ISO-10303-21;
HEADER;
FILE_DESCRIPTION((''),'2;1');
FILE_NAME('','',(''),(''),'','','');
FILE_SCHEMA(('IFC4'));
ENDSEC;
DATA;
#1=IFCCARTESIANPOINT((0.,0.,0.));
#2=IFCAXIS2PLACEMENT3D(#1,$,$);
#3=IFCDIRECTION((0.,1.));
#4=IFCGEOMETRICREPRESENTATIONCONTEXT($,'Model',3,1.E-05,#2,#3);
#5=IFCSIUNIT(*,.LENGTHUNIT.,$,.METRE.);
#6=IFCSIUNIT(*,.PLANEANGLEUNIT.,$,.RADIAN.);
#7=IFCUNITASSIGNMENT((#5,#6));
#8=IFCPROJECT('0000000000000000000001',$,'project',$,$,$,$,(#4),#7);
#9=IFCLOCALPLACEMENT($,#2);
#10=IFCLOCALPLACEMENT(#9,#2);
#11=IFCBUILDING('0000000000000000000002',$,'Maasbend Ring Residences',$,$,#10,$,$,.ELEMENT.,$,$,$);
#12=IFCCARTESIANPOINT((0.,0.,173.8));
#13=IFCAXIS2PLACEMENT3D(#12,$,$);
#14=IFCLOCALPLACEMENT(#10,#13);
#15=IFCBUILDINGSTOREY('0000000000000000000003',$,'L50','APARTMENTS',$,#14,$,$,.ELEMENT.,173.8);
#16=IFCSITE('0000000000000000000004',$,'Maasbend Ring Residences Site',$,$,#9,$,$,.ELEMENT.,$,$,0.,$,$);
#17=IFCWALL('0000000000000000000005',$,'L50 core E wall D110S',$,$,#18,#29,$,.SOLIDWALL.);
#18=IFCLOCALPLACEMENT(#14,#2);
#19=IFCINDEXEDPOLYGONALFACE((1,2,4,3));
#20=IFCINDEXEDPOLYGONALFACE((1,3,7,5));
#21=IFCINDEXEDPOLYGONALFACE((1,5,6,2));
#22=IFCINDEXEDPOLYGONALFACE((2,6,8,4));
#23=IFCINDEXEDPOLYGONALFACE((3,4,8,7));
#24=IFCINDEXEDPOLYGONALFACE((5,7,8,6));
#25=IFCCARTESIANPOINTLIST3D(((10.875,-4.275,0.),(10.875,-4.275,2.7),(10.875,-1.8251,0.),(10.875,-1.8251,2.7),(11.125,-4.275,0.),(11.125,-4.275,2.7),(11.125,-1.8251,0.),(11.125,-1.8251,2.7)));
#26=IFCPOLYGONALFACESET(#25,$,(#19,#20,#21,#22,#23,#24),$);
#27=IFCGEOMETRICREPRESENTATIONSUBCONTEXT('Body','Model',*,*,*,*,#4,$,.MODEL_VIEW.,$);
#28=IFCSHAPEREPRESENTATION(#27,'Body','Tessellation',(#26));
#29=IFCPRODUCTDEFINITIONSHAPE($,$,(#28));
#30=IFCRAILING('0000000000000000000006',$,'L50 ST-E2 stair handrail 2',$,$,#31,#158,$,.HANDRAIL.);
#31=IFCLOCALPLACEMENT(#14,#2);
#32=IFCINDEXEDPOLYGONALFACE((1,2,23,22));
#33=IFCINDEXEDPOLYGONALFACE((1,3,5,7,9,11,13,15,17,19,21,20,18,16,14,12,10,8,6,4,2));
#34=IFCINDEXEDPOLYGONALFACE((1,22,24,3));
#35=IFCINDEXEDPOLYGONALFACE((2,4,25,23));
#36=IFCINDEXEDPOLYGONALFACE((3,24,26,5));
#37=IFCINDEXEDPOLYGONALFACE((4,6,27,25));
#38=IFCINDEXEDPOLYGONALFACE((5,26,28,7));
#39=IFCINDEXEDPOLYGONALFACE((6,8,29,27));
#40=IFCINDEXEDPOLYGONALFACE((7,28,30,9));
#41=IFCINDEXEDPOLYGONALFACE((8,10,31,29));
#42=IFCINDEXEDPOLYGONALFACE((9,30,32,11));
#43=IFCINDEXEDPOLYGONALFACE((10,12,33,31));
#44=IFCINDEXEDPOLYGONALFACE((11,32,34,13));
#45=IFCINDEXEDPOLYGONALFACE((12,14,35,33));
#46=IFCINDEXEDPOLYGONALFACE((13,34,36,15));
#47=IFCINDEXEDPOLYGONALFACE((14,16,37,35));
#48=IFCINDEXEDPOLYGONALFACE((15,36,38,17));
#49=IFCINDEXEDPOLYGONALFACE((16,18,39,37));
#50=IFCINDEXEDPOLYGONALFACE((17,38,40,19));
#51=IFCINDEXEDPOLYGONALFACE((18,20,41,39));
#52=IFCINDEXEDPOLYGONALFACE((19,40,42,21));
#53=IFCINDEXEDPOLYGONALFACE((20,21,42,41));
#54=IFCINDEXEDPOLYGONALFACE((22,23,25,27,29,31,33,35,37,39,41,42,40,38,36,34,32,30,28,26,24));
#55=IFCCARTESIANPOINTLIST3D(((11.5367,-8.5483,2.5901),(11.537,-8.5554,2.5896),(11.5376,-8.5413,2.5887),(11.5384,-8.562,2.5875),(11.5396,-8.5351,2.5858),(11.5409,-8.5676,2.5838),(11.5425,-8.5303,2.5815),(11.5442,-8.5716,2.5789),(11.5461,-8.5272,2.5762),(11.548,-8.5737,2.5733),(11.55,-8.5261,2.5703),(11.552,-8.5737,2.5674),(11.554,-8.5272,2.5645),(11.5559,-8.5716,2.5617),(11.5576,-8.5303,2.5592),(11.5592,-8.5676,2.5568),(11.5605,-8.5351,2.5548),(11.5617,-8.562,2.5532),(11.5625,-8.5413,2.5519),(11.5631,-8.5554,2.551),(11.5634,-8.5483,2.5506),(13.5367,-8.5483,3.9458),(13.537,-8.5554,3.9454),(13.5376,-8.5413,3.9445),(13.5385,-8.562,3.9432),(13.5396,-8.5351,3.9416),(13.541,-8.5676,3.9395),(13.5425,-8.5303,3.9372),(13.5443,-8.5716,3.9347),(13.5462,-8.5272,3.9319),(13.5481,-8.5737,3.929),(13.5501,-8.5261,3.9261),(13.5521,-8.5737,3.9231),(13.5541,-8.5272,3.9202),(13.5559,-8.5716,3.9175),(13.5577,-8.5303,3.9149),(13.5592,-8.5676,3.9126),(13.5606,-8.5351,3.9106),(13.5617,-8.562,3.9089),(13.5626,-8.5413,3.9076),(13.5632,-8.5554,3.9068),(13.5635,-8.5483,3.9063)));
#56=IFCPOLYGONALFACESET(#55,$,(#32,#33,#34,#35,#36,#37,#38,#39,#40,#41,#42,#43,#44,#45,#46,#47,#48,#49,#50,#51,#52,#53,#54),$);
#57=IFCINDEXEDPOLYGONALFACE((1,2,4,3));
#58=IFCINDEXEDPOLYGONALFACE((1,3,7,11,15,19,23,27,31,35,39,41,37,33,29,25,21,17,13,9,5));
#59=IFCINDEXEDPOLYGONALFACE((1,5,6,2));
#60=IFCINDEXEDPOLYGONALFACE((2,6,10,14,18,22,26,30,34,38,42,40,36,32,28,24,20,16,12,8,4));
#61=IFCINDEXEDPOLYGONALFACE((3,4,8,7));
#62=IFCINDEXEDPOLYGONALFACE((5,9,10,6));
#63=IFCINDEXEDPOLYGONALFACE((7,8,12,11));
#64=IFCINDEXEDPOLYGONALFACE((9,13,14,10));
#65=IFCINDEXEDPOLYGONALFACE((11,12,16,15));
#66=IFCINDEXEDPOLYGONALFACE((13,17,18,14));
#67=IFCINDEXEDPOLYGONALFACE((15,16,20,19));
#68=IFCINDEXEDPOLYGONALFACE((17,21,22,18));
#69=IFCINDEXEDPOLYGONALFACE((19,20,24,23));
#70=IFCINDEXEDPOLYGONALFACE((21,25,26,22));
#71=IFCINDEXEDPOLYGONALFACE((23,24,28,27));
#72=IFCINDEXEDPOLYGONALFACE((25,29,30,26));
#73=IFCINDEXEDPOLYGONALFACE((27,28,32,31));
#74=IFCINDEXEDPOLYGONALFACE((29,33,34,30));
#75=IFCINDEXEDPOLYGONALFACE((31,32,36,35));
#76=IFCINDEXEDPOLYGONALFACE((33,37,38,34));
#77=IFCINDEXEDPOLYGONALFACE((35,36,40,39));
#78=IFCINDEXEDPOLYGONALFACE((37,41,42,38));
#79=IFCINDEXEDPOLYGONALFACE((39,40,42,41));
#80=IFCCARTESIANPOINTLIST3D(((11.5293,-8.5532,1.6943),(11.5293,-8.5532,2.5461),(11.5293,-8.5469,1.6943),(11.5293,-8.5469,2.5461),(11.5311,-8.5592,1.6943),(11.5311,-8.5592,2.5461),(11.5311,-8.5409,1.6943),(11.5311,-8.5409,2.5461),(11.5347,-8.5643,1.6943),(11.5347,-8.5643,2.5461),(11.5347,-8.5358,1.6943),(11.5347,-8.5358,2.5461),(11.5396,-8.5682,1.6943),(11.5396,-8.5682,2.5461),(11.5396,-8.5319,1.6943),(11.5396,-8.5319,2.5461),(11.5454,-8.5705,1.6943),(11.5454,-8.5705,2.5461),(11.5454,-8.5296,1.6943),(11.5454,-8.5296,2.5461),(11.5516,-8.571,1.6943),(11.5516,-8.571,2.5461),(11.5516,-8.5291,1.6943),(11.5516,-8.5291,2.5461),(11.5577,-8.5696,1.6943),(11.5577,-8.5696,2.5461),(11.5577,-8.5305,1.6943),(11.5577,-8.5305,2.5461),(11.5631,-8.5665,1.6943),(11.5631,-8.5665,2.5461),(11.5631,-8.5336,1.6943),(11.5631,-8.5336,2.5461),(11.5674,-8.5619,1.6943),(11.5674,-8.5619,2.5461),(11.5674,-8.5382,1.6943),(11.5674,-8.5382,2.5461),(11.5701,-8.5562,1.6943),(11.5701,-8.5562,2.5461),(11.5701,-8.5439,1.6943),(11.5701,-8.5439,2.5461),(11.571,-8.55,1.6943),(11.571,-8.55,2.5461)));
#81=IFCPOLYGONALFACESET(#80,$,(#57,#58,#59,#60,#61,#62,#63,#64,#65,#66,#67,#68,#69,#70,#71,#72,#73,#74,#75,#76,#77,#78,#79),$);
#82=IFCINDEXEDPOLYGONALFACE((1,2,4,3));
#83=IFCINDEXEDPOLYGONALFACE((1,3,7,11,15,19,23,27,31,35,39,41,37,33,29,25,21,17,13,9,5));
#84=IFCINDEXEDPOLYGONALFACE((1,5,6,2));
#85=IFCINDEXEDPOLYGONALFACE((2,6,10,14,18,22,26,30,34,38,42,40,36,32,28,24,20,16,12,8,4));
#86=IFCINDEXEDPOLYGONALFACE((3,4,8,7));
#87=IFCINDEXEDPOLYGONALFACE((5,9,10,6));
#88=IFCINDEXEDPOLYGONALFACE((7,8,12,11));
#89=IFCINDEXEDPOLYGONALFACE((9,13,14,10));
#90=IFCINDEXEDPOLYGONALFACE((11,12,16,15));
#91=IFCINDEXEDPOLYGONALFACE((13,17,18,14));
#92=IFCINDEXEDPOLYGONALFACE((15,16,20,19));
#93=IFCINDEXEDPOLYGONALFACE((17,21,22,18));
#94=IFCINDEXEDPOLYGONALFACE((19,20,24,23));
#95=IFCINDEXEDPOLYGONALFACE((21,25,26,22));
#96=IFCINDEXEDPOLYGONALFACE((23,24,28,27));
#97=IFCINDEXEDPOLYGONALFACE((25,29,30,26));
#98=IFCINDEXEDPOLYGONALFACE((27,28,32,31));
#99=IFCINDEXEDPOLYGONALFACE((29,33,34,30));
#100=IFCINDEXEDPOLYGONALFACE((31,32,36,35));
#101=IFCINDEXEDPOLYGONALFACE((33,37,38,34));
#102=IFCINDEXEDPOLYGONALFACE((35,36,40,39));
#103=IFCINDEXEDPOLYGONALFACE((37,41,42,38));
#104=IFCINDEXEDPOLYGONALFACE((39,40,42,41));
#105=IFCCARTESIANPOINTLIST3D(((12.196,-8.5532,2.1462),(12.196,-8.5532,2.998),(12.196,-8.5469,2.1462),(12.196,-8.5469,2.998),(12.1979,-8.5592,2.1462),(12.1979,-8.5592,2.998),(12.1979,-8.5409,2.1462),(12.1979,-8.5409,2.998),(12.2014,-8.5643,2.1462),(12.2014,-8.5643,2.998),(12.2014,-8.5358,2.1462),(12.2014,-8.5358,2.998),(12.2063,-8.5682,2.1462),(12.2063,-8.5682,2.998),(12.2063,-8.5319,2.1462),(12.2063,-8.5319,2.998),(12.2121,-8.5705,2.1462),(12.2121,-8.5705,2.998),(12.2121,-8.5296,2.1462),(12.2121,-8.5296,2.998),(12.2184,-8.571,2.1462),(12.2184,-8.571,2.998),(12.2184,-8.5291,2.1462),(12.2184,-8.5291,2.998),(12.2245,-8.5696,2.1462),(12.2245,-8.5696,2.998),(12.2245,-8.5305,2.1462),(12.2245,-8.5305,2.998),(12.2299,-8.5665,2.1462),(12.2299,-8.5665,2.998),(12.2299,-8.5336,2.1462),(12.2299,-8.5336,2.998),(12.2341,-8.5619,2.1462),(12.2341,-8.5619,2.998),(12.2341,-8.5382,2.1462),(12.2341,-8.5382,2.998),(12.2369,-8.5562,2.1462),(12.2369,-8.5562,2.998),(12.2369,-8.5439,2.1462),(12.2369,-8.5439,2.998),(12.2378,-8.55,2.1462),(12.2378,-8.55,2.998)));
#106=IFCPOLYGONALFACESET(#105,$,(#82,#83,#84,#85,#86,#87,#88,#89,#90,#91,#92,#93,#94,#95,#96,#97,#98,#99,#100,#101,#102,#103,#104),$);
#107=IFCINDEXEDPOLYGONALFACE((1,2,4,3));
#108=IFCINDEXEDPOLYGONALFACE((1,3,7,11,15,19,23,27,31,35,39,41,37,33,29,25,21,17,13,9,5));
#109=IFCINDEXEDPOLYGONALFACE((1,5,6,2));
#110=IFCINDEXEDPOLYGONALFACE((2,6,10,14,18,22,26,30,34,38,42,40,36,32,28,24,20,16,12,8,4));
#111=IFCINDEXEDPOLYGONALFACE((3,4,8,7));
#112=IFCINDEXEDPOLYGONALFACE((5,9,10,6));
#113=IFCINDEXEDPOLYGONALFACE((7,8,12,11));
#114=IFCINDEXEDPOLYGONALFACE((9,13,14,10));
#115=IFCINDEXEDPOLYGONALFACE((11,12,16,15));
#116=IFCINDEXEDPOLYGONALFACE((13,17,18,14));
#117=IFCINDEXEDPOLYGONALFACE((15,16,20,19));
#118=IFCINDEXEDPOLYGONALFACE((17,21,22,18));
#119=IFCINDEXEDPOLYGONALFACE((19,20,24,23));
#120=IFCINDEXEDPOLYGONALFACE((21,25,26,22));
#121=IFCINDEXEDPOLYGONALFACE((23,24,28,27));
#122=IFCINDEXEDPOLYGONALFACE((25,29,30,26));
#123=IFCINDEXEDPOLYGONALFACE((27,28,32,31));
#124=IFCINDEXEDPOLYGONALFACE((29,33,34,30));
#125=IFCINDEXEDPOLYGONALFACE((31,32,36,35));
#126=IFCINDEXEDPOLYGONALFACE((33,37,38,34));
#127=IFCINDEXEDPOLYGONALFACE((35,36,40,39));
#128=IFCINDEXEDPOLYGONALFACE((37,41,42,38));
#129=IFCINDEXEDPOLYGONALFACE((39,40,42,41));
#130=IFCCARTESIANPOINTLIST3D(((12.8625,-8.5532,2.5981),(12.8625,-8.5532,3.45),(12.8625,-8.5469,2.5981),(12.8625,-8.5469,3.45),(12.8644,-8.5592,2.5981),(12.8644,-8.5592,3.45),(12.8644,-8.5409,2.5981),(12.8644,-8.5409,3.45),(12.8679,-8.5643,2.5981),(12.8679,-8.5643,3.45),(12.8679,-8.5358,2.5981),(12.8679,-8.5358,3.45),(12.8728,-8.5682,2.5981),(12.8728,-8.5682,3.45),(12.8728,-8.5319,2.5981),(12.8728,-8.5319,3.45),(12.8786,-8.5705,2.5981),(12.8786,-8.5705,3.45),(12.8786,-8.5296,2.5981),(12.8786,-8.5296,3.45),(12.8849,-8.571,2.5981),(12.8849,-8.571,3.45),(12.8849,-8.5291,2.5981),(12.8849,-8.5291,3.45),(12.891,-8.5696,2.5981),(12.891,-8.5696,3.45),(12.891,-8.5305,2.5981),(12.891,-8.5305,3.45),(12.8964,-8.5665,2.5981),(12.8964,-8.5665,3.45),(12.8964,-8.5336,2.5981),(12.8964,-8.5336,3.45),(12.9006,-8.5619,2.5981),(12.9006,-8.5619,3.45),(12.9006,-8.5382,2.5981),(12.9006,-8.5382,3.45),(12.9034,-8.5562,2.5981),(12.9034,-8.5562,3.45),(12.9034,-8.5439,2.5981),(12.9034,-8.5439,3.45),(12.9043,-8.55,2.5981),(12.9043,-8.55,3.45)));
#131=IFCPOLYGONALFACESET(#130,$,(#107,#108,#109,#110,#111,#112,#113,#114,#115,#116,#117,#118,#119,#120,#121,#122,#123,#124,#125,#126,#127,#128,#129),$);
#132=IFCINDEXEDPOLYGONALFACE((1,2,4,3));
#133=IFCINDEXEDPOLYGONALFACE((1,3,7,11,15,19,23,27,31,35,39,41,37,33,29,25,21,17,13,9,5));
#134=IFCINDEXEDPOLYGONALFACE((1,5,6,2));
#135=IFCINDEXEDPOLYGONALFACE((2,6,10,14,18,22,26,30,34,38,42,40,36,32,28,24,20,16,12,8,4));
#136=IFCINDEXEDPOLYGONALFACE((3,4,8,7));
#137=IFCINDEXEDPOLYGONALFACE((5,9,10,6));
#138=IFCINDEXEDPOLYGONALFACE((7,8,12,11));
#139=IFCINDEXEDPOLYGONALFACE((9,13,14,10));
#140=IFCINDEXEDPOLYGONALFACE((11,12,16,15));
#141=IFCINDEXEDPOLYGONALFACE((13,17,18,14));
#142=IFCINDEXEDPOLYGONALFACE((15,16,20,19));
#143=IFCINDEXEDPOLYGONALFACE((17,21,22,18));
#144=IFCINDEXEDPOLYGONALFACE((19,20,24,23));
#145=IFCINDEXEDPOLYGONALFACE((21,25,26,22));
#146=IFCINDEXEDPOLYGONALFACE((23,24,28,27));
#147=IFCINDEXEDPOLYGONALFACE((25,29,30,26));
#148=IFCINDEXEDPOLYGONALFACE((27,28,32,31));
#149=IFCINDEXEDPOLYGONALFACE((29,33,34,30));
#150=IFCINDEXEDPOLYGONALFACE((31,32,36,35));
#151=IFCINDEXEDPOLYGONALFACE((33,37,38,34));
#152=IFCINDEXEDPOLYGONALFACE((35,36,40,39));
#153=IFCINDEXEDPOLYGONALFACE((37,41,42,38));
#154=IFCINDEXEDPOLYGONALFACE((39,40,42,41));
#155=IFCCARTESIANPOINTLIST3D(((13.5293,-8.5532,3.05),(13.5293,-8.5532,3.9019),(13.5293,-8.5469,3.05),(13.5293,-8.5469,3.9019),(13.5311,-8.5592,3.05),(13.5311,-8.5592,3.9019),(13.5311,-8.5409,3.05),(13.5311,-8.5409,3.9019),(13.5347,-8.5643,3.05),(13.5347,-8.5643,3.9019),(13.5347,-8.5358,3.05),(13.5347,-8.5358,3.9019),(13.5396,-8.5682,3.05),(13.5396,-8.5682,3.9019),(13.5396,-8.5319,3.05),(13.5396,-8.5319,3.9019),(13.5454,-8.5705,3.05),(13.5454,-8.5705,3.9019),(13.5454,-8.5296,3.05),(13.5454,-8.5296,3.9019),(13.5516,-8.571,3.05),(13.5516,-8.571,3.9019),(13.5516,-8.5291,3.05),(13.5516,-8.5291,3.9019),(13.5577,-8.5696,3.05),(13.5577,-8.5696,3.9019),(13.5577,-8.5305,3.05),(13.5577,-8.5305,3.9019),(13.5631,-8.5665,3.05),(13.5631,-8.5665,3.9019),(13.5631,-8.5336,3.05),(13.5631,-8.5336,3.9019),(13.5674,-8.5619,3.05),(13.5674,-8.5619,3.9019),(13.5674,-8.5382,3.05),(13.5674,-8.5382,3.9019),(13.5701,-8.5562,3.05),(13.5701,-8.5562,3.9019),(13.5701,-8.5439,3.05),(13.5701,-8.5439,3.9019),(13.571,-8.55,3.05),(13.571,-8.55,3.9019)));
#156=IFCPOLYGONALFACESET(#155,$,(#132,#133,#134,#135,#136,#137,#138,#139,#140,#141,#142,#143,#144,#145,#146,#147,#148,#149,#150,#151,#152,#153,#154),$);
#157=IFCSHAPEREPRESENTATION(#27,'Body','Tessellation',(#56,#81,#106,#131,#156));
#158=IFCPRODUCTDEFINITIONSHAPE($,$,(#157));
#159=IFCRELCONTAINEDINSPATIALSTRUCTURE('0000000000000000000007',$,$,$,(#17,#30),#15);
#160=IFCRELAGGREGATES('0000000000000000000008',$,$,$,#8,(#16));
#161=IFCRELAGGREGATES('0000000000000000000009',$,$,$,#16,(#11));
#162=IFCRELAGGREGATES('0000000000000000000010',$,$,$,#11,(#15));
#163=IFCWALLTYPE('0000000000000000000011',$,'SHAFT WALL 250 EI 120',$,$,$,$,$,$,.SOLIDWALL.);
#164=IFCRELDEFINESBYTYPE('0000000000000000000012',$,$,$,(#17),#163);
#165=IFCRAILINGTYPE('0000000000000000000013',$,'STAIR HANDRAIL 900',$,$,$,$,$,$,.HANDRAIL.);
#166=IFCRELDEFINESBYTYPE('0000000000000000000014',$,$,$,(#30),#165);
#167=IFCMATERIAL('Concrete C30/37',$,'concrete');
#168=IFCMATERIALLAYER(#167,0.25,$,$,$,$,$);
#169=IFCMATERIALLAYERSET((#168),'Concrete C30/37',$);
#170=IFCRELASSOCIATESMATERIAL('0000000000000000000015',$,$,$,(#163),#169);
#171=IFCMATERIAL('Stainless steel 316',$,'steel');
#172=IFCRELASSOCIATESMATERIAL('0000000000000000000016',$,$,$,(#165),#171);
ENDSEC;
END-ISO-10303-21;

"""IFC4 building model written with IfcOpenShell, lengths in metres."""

from ifc_helpers import new_model, si_unit, direction, frame, frame_2d, origin, origin_2d, place, context, subcontext, project, spatial, rectangle, circle, extrude, material, layer, layer_set, type_object, element, save


model = new_model("IFC4")

# Units and contexts
model_context = context("Model", 3, precision=1e-05, world=origin(), true_north=direction((0.0, 1.0)))
body_context = subcontext(model_context, "Body", "Model", "MODEL_VIEW")
ifc_project = project(units=[si_unit("LENGTHUNIT", "METRE"), si_unit("PLANEANGLEUNIT", "RADIAN")], contexts=[model_context])

# Site, building, storey
site_placement = place(None, origin())
site = spatial("IfcSite", under=ifc_project, at=site_placement, Name="Maasbend Ring Residences Site", CompositionType="ELEMENT", RefElevation=0.0)
building_placement = place(site_placement, origin())
building = spatial("IfcBuilding", under=site, at=building_placement, Name="Maasbend Ring Residences", CompositionType="ELEMENT")
storey_placement = place(building_placement, frame((0.0, 0.0, 173.8)))
storey = spatial("IfcBuildingStorey", under=building, at=storey_placement, Name="L50", Description="APARTMENTS", CompositionType="ELEMENT", Elevation=173.8)

# Wall
ifc_material_1 = material(Name="Concrete C30/37", Category="concrete")
ifc_layer_1 = layer(ifc_material_1, 0.25)
ifc_layer_set_1 = layer_set([ifc_layer_1], Name="Concrete C30/37")
wall_type_1 = type_object("IfcWallType", Name="SHAFT WALL 250 EI 120", PredefinedType="SOLIDWALL", material=ifc_layer_set_1)
wall_1_placement = place(storey_placement, frame((11.0, -1.825, 0.0), z_axis=(0.0, 0.0, 1.0), x_axis=(0.0, -1.0, 0.0)))
element("IfcWall", 1, at=wall_1_placement, inside=storey, type_object=wall_type_1, Name="L50 core E wall D110S", PredefinedType="SOLIDWALL", context=body_context, shape_type="SweptSolid", body=[
    extrude(rectangle(XDim=2.45, YDim=0.25, at=frame_2d((1.2251, 0.0))), origin(), (0.0, 0.0, 1.0), 2.7),
])

# Railing
ifc_material_2 = material(Name="Stainless steel 316", Category="steel")
railing_type = type_object("IfcRailingType", Name="STAIR HANDRAIL 900", PredefinedType="HANDRAIL", material=ifc_material_2)
railing_placement = place(storey_placement, frame((11.55, -8.55, 1.6943)))
element("IfcRailing", 2, at=railing_placement, inside=storey, type_object=railing_type, Name="L50 ST-E2 stair handrail 2", PredefinedType="HANDRAIL", context=body_context, shape_type="SweptSolid", body=[
    extrude(circle(Radius=0.0239, at=origin_2d()), frame((0.0, 0.0, 0.876), z_axis=(0.827751, 0.0, 0.561096), x_axis=(0.0, 1.0, 0.0)), (0.0, 0.0, 1.0), 2.4163),
    extrude(circle(Radius=0.021, at=origin_2d()), origin(), (0.0, 0.0, 1.0), 0.8518),
    extrude(circle(Radius=0.021, at=origin_2d()), frame((0.6667, 0.0, 0.4519)), (0.0, 0.0, 1.0), 0.8518),
    extrude(circle(Radius=0.021, at=origin_2d()), frame((1.3333, 0.0, 0.9038)), (0.0, 0.0, 1.0), 0.8518),
    extrude(circle(Radius=0.021, at=origin_2d()), frame((2.0, 0.0, 1.3557)), (0.0, 0.0, 1.0), 0.8518),
])

save(model, "model.ifc")
